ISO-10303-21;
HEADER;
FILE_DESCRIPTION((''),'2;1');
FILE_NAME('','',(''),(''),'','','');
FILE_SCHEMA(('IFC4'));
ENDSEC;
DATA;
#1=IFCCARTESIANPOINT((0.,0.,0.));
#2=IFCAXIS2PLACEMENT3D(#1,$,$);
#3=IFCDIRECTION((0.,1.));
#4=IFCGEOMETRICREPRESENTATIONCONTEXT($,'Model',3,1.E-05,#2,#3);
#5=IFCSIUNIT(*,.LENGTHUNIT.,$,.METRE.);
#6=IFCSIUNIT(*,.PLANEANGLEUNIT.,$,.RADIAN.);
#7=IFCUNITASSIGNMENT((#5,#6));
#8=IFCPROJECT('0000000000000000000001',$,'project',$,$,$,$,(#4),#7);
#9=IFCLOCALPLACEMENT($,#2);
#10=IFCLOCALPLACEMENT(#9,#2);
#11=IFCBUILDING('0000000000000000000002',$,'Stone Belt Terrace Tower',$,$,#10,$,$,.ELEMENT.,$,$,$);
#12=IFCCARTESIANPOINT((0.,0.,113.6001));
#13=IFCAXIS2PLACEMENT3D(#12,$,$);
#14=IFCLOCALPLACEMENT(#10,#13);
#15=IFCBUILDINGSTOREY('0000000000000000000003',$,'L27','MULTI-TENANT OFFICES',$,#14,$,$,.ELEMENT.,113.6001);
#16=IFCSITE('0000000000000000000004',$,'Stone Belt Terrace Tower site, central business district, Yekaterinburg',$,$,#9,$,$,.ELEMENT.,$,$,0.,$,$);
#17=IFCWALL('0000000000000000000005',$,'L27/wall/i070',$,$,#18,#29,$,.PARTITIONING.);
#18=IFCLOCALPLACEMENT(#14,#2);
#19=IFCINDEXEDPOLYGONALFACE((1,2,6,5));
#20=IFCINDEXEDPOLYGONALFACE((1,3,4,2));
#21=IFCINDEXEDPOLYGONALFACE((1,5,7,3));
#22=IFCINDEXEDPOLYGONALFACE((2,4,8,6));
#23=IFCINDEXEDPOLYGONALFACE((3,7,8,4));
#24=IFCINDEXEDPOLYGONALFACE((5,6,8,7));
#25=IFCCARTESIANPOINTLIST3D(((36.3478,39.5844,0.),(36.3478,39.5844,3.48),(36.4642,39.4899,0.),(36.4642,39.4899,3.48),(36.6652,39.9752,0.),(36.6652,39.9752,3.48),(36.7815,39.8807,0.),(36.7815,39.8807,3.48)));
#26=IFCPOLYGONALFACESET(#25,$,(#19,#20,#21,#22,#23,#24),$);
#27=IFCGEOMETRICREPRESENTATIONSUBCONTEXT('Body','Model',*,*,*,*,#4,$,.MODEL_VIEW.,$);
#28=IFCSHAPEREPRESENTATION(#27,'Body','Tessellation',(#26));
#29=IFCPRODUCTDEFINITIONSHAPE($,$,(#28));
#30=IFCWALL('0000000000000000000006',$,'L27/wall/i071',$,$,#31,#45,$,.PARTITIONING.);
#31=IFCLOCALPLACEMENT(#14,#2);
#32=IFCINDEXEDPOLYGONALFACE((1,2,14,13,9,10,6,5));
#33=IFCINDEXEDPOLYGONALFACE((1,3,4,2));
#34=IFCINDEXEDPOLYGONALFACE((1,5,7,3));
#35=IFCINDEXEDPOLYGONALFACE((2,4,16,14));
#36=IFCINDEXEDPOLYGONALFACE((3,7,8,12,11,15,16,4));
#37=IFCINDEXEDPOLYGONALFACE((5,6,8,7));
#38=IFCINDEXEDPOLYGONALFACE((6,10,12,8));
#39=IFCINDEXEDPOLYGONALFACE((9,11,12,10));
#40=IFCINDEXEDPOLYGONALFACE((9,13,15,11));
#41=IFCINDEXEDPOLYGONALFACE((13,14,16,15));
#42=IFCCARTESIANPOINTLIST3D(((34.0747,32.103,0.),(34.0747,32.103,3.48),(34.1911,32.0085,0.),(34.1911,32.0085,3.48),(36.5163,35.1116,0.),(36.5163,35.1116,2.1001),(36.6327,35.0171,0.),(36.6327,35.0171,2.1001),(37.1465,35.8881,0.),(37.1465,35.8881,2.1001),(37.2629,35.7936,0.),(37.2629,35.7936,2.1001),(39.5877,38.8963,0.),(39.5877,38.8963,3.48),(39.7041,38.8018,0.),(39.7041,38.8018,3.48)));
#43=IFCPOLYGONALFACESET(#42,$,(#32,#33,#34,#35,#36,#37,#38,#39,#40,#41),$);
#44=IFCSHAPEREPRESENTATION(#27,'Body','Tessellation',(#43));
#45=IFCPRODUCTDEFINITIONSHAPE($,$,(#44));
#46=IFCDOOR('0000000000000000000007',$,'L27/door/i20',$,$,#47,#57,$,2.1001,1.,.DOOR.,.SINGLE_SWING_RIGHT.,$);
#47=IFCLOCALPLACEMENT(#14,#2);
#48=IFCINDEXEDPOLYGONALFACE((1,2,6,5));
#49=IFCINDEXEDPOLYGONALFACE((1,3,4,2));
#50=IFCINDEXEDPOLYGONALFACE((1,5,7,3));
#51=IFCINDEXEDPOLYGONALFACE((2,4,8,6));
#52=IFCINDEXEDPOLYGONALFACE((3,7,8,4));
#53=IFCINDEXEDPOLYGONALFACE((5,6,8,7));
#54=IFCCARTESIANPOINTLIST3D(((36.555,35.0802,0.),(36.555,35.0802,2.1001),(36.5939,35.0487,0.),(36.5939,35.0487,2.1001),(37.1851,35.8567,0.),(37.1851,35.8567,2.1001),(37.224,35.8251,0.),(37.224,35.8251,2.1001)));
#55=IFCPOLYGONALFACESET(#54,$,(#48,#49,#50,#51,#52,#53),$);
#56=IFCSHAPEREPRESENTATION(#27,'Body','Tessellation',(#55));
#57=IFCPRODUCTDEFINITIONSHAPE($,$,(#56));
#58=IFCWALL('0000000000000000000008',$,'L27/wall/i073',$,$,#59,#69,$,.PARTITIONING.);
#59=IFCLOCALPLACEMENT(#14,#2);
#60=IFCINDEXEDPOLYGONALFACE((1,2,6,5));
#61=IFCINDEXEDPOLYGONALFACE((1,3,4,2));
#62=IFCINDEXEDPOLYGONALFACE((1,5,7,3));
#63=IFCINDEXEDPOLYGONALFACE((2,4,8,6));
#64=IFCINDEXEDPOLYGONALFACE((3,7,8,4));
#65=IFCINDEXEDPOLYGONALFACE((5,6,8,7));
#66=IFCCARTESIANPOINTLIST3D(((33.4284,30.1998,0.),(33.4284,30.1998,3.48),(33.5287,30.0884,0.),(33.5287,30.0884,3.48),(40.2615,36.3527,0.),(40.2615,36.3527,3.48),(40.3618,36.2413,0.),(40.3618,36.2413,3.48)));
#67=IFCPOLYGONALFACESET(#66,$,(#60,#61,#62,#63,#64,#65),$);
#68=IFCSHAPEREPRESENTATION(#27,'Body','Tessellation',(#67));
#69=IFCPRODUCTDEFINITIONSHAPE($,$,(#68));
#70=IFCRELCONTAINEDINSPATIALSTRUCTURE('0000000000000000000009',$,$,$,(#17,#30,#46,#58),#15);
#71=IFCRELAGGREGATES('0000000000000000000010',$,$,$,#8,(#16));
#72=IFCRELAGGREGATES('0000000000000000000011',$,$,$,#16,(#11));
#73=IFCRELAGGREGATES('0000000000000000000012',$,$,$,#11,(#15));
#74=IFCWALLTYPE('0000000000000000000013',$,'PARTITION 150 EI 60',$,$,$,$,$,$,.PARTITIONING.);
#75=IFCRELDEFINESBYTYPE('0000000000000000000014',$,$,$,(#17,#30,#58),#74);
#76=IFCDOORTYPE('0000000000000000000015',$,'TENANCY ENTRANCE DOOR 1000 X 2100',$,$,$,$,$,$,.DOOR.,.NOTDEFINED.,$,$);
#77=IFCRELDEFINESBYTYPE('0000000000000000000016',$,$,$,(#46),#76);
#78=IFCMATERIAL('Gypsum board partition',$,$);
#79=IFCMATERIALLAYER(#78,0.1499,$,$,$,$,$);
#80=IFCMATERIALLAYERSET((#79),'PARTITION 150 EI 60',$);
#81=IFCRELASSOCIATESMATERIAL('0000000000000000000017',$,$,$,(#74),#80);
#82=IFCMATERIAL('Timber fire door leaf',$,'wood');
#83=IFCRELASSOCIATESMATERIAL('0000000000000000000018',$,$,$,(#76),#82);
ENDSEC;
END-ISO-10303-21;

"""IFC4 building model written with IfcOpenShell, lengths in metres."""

from ifc_helpers import new_model, si_unit, direction, frame, frame_2d, origin, place, context, subcontext, project, spatial, rectangle, extrude, material, layer, layer_set, type_object, element, fill, save


model = new_model("IFC4")

# Units and contexts
model_context = context("Model", 3, precision=1e-05, world=origin(), true_north=direction((0.0, 1.0)))
body_context = subcontext(model_context, "Body", "Model", "MODEL_VIEW")
ifc_project = project(units=[si_unit("LENGTHUNIT", "METRE"), si_unit("PLANEANGLEUNIT", "RADIAN")], contexts=[model_context])

# Site, building, storey
site_placement = place(None, origin())
site = spatial("IfcSite", under=ifc_project, at=site_placement, Name="Stone Belt Terrace Tower site, central business district, Yekaterinburg", CompositionType="ELEMENT", RefElevation=0.0)
building_placement = place(site_placement, origin())
building = spatial("IfcBuilding", under=site, at=building_placement, Name="Stone Belt Terrace Tower", CompositionType="ELEMENT")
storey_placement = place(building_placement, frame((0.0, 0.0, 113.6001)))
storey = spatial("IfcBuildingStorey", under=building, at=storey_placement, Name="L27", Description="MULTI-TENANT OFFICES", CompositionType="ELEMENT", Elevation=113.6001)

# Shared definitions
ifc_material_1 = material(Name="Gypsum board partition")

# Shared definitions
ifc_layer_1 = layer(ifc_material_1, 0.1499)
ifc_layer_set_1 = layer_set([ifc_layer_1], Name="PARTITION 150 EI 60")
wall_type_1 = type_object("IfcWallType", Name="PARTITION 150 EI 60", PredefinedType="PARTITIONING", material=ifc_layer_set_1)
ifc_material_2 = material(Name="Timber fire door leaf", Category="wood")
door_type_1 = type_object("IfcDoorType", Name="TENANCY ENTRANCE DOOR 1000 X 2100", OperationType="NOTDEFINED", PredefinedType="DOOR", material=ifc_material_2)

# Wall
wall_1_placement = place(storey_placement, frame((36.406, 39.5371, 0.0), z_axis=(0.0, 0.0, 1.0), x_axis=(0.630355, 0.776307, 0.0)))
element("IfcWall", 1, at=wall_1_placement, inside=storey, type_object=wall_type_1, Name="L27/wall/i070", PredefinedType="PARTITIONING", context=body_context, shape_type="SweptSolid", body=[
    extrude(rectangle(XDim=0.5034, YDim=0.1499, at=frame_2d((0.2517, 0.0))), origin(), (0.0, 0.0, 1.0), 3.48),
])

# Wall, opening, door
wall_2_placement = place(storey_placement, frame((39.646, 38.8491, 0.0), z_axis=(0.0, 0.0, 1.0), x_axis=(-0.630142, -0.77648, 0.0)))
wall_2 = element("IfcWall", 2, at=wall_2_placement, inside=storey, type_object=wall_type_1, Name="L27/wall/i071", PredefinedType="PARTITIONING", context=body_context, shape_type="SweptSolid", body=[
    extrude(rectangle(XDim=8.7488, YDim=0.1499, at=frame_2d((4.3745, 0.0))), origin(), (0.0, 0.0, 1.0), 3.48),
])
opening_1_placement = place(wall_2_placement, frame((3.8743, 0.0, 0.0)))
opening_1 = element("IfcOpeningElement", 3, at=opening_1_placement, cuts=wall_2, PredefinedType="OPENING", context=body_context, shape_type="SweptSolid", body=[
    extrude(rectangle(XDim=1.0, YDim=2.1001, at=frame_2d((0.5, 1.05))), frame((0.0, 0.085, 0.0), z_axis=(0.0, -1.0, 0.0), x_axis=(1.0, 0.0, 0.0)), (0.0, 0.0, 1.0), 0.1699),
])
door_1_placement = place(opening_1_placement, origin())
door_1 = element("IfcDoor", 4, at=door_1_placement, inside=storey, type_object=door_type_1, Name="L27/door/i20", OperationType="SINGLE_SWING_RIGHT", OverallHeight=2.1001, OverallWidth=1.0, PredefinedType="DOOR", context=body_context, shape_type="SweptSolid", body=[
    extrude(rectangle(XDim=1.0, YDim=2.1001, at=frame_2d((0.5, 1.05))), frame((0.0, 0.0249, 0.0), z_axis=(0.0, -1.0, 0.0), x_axis=(1.0, 0.0, 0.0)), (0.0, 0.0, 1.0), 0.05),
])
fill(opening_1, door_1)

# Wall
wall_3_placement = place(storey_placement, frame((40.3118, 36.2971, 0.0), z_axis=(0.0, 0.0, 1.0), x_axis=(-0.743125, -0.669152, 0.0)))
element("IfcWall", 5, at=wall_3_placement, inside=storey, type_object=wall_type_1, Name="L27/wall/i073", PredefinedType="PARTITIONING", context=body_context, shape_type="SweptSolid", body=[
    extrude(rectangle(XDim=9.1951, YDim=0.1499, at=frame_2d((4.5977, 0.0))), origin(), (0.0, 0.0, 1.0), 3.48),
])

save(model, "model.ifc")
